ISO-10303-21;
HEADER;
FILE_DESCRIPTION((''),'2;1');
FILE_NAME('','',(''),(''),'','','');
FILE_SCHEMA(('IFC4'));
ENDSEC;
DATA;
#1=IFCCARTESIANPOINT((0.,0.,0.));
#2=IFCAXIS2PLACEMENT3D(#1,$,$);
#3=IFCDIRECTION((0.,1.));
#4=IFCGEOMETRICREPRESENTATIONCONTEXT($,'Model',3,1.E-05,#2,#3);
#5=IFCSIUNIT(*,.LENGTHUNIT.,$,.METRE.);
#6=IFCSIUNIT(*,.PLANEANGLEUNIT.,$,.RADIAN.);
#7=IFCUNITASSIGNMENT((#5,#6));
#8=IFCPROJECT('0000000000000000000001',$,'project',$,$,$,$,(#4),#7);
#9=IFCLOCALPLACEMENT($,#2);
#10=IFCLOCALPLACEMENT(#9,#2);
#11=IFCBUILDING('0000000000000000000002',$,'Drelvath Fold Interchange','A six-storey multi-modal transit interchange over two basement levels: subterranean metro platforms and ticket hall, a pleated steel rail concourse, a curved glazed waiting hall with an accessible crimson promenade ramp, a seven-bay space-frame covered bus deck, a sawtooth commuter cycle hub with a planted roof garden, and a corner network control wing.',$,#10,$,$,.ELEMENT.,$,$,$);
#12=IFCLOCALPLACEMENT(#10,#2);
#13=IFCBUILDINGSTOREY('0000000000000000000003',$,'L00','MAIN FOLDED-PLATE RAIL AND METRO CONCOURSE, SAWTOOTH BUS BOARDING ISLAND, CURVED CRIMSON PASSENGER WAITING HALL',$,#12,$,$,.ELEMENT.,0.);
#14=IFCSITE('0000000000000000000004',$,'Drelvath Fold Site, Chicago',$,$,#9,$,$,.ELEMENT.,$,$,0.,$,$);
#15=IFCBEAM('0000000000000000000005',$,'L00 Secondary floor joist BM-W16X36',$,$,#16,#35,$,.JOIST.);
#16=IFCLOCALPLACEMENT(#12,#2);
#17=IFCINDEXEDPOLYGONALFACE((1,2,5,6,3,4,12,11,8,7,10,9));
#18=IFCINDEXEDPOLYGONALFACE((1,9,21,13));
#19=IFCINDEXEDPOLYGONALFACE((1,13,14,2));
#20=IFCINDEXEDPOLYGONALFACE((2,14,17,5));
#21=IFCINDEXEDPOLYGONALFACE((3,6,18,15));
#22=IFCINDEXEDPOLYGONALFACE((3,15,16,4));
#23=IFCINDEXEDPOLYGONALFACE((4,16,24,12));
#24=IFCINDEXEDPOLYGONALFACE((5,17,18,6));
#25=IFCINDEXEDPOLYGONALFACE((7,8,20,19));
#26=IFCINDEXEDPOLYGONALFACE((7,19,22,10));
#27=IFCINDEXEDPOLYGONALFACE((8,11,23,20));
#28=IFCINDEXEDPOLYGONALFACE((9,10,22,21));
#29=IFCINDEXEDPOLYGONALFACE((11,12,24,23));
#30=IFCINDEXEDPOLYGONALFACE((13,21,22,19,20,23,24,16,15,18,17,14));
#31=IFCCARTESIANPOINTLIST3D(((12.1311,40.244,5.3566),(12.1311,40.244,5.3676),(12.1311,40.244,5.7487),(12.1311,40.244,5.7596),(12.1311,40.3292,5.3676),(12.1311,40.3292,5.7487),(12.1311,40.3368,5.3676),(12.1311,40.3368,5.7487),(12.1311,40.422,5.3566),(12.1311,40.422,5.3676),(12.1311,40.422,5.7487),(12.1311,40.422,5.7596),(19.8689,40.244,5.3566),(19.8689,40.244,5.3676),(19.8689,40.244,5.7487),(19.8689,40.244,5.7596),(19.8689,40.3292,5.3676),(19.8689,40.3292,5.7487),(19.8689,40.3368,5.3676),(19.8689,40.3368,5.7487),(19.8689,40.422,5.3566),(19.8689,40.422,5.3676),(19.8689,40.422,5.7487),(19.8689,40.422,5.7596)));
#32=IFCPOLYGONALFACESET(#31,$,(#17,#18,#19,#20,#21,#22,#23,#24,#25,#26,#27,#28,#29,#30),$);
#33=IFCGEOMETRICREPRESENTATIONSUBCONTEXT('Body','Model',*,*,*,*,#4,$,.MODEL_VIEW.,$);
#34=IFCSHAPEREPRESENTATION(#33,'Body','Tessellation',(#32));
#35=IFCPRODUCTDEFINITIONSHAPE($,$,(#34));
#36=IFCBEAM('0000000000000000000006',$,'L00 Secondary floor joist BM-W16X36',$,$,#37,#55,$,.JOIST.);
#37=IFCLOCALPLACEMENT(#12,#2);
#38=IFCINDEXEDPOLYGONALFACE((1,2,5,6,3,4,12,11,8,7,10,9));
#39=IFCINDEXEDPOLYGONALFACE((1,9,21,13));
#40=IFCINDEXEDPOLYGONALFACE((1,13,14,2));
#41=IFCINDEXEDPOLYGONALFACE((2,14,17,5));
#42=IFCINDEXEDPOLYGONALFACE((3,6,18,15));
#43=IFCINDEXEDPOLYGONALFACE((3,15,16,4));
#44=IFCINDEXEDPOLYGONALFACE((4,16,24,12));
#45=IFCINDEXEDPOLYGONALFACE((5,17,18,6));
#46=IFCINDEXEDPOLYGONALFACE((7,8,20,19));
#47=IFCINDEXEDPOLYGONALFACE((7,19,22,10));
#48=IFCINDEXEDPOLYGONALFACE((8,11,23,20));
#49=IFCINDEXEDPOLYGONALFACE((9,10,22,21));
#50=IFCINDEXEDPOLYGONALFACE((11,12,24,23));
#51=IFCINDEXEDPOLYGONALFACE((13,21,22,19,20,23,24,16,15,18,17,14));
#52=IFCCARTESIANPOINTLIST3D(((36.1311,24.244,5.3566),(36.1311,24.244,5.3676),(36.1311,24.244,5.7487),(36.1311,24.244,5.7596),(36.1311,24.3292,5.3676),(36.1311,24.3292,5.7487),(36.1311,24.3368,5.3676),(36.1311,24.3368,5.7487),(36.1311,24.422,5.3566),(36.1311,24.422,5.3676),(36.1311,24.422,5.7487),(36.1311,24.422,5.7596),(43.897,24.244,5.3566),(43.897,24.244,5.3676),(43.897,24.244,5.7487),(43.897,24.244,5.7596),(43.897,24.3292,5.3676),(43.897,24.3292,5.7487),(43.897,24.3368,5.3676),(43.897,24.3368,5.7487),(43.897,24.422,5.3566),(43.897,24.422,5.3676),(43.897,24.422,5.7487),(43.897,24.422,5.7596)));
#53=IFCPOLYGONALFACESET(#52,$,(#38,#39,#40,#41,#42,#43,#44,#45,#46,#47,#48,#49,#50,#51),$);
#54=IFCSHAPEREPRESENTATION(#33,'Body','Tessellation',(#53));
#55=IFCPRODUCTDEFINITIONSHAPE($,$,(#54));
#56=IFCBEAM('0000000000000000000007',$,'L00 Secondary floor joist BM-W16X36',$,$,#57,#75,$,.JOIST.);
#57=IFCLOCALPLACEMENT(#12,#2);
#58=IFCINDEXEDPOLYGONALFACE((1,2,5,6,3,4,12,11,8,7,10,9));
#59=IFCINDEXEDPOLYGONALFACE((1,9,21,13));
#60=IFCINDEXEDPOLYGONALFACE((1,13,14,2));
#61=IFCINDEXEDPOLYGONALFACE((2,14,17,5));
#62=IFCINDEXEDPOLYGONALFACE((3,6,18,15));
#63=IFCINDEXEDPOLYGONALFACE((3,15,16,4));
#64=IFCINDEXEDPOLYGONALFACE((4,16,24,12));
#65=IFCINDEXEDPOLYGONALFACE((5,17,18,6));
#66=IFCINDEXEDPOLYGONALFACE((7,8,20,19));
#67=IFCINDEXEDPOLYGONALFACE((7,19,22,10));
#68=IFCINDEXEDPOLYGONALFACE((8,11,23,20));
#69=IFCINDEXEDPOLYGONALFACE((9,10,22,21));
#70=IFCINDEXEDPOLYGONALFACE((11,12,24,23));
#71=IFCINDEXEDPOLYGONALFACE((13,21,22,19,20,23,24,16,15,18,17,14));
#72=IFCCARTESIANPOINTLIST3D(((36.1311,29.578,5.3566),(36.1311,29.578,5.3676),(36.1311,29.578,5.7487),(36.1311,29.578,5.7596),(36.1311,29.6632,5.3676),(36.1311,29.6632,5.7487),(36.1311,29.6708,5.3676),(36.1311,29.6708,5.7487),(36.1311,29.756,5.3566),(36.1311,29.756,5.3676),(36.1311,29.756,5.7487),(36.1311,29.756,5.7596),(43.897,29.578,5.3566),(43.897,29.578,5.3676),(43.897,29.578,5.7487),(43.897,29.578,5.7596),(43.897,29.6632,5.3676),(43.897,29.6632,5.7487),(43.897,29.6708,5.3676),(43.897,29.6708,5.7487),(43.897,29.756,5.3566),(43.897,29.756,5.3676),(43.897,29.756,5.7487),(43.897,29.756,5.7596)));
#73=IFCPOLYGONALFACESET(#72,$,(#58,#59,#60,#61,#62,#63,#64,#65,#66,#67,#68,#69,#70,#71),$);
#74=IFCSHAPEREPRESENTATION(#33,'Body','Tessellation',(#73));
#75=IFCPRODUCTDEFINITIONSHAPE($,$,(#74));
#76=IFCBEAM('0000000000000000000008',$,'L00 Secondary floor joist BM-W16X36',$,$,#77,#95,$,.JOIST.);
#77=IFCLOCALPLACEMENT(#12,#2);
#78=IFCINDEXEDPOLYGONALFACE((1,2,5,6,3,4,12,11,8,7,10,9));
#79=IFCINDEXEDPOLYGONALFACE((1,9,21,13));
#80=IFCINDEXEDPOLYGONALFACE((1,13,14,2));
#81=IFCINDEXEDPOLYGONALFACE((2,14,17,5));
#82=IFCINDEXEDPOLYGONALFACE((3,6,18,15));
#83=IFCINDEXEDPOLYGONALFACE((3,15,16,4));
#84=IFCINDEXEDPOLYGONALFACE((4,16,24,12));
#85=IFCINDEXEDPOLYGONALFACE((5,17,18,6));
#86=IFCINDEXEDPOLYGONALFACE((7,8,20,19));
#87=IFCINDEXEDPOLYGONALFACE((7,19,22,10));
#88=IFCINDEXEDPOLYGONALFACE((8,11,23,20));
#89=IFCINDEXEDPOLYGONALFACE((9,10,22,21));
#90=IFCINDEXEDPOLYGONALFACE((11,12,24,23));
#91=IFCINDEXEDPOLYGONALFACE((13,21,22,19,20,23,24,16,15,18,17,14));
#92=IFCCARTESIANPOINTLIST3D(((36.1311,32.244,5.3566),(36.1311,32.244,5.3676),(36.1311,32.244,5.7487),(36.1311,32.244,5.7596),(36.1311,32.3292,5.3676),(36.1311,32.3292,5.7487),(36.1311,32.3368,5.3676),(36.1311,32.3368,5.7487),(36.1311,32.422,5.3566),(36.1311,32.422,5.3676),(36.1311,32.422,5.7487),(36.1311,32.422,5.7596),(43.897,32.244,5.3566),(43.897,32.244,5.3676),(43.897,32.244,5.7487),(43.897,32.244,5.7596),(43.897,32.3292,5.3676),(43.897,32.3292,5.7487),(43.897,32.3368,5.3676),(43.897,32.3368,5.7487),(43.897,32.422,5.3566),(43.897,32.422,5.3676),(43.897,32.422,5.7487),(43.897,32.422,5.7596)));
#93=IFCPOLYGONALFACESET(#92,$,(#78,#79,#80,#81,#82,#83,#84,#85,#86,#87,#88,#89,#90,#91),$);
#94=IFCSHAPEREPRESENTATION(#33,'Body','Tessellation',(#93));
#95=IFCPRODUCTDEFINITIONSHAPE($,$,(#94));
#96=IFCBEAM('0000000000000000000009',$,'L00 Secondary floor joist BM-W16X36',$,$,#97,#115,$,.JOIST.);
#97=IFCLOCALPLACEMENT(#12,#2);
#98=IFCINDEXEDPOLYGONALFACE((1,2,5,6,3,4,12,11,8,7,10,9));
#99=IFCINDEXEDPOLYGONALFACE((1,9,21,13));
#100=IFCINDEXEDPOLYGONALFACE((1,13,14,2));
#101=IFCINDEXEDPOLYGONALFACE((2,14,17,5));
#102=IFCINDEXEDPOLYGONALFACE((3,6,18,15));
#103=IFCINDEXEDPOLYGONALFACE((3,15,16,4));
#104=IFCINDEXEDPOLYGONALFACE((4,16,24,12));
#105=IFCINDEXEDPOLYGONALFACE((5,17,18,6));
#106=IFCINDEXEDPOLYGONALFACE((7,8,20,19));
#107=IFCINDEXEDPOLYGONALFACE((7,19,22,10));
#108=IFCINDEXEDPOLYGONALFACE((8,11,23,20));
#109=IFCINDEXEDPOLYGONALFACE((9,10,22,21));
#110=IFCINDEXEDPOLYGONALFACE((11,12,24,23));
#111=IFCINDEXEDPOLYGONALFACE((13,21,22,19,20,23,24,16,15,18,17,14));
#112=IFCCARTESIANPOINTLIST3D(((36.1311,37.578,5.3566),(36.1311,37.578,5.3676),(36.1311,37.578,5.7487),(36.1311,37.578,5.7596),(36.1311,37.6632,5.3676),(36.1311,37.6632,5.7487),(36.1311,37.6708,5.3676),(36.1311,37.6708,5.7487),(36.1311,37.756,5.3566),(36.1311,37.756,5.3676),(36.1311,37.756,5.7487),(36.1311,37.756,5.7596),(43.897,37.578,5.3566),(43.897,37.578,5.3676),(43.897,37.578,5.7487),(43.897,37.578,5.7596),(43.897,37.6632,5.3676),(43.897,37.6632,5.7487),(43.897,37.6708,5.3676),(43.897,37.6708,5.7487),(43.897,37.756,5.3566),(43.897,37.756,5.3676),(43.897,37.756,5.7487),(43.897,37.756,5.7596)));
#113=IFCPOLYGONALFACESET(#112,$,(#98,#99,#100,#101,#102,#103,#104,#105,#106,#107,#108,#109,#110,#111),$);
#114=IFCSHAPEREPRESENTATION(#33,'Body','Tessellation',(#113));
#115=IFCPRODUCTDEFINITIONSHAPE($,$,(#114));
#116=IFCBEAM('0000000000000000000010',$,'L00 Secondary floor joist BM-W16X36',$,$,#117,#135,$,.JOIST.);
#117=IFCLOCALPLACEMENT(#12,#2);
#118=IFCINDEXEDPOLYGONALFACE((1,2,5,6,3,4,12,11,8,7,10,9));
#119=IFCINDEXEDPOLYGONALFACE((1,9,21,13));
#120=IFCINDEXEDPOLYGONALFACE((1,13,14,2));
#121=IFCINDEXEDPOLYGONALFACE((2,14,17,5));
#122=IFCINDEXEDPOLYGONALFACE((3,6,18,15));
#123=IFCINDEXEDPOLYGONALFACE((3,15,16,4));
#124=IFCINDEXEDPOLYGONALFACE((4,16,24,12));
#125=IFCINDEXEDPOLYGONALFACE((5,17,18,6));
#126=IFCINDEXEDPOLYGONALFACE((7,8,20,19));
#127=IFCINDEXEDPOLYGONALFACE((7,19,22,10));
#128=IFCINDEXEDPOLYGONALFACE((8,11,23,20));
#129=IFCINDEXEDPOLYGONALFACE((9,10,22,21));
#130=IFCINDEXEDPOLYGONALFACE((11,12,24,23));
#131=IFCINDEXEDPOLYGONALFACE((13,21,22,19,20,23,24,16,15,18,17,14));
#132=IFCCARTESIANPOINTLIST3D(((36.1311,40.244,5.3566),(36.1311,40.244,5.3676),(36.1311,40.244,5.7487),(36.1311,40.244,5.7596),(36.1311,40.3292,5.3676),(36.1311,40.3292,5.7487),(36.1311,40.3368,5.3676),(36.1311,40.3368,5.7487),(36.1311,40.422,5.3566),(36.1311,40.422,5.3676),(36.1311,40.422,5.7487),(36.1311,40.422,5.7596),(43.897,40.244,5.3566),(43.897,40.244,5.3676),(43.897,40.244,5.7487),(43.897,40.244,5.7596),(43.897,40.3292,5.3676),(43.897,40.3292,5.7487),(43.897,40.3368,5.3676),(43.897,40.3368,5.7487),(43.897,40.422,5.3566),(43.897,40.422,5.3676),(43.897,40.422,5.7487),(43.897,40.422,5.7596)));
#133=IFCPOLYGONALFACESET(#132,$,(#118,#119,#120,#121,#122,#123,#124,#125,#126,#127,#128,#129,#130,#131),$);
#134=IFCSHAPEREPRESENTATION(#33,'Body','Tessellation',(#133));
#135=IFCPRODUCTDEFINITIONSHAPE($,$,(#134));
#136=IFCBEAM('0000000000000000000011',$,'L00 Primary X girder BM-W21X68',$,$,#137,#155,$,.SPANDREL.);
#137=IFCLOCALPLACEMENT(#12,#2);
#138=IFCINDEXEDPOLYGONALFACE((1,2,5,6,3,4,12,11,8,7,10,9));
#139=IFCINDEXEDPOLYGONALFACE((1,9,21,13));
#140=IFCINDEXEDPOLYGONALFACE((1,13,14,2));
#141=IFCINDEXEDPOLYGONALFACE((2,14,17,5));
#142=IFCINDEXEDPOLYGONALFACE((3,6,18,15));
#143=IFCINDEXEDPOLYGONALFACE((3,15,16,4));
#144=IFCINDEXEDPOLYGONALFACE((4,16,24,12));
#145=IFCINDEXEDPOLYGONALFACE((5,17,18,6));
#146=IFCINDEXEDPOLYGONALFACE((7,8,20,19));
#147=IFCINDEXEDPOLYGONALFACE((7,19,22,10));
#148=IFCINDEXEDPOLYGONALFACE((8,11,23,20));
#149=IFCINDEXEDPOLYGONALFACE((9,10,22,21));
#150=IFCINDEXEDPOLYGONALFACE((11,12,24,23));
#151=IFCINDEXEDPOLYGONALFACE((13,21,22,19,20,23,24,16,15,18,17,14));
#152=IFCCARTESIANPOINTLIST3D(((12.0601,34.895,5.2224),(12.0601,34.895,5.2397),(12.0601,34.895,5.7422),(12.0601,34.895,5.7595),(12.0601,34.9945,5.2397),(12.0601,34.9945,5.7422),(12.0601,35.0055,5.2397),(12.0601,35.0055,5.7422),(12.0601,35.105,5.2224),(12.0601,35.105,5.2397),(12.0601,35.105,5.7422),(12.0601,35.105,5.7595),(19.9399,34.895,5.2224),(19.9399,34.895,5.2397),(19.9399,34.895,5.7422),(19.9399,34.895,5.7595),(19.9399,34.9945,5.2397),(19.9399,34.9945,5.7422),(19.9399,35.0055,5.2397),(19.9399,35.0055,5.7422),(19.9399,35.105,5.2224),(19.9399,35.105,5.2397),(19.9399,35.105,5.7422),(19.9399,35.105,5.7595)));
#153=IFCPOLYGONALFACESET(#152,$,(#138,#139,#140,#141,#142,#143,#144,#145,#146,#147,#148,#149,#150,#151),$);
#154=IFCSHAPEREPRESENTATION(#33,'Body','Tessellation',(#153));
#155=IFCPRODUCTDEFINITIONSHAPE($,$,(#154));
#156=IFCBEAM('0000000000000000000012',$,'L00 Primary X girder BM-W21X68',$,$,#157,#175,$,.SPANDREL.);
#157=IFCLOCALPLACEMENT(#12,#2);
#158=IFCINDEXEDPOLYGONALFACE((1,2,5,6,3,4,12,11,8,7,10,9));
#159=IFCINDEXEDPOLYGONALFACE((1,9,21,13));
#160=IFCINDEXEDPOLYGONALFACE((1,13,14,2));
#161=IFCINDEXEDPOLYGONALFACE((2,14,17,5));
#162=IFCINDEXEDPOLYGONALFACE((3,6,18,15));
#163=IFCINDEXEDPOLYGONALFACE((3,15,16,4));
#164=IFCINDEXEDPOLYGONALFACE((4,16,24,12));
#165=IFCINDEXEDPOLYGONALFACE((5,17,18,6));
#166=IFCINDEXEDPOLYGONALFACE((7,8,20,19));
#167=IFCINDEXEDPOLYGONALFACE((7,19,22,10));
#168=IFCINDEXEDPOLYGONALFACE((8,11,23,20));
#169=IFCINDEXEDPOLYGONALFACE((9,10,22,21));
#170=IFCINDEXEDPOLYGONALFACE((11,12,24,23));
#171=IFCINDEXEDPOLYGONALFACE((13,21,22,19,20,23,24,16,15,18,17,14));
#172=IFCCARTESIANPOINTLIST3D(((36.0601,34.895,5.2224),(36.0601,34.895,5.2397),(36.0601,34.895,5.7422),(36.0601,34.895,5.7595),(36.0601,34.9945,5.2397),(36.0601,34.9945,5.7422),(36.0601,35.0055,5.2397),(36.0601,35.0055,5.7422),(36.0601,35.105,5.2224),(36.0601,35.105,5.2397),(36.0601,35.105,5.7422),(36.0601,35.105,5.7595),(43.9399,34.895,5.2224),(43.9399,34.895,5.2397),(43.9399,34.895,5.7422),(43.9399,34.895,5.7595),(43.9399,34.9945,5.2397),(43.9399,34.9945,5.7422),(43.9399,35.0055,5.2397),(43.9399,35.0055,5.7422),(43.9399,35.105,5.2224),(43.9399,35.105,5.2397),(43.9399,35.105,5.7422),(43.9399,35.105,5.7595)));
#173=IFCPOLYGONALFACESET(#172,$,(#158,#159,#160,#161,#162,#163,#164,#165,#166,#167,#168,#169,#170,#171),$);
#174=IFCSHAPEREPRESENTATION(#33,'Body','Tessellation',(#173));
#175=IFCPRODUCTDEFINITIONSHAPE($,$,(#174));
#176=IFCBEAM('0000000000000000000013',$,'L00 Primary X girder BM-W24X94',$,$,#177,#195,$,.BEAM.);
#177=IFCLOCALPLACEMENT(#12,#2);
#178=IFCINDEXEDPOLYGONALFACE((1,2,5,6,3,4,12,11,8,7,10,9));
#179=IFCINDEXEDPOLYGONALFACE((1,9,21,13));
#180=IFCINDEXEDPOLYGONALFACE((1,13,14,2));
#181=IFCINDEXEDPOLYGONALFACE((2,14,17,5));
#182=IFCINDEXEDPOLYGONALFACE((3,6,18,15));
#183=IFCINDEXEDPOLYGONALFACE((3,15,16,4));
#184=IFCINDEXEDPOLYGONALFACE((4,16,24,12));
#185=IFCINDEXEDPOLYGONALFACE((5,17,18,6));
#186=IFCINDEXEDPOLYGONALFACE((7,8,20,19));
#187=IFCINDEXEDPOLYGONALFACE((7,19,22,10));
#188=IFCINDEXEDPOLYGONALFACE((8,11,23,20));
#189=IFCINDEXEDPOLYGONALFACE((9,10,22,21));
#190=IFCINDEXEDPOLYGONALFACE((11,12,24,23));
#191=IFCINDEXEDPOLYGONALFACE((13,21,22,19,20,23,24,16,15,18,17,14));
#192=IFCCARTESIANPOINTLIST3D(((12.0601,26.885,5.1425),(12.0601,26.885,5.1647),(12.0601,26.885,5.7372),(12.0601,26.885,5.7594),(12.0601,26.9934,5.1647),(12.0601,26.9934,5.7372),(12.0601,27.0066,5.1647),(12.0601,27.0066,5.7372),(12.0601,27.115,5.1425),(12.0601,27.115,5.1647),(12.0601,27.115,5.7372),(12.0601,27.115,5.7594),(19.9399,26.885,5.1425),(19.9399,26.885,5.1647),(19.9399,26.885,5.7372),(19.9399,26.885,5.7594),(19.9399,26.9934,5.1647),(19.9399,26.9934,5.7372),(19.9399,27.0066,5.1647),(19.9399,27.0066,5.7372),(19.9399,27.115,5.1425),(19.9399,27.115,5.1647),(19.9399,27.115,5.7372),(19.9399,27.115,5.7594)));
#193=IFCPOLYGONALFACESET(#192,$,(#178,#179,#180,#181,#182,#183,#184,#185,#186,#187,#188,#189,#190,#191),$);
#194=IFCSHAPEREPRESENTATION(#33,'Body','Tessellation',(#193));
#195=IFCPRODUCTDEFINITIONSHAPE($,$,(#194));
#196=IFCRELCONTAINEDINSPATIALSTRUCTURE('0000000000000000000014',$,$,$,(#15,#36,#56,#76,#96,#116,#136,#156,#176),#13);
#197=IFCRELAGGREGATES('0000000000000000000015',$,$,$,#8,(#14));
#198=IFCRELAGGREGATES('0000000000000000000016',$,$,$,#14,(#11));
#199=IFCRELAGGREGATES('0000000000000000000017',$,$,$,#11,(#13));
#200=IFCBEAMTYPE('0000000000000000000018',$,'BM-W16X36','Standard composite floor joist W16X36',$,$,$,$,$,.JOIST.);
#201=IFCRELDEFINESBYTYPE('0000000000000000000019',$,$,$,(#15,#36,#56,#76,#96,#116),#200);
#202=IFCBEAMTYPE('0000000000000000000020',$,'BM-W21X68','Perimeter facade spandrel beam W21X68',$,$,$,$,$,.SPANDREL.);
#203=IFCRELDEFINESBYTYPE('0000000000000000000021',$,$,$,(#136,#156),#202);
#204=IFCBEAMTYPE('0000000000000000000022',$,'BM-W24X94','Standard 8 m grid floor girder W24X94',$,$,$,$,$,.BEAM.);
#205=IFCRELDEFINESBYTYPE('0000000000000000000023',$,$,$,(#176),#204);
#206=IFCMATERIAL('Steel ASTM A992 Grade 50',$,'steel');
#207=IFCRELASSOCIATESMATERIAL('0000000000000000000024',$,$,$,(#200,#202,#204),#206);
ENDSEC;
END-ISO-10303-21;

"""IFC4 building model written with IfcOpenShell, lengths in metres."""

from ifc_helpers import new_model, si_unit, direction, frame, origin, origin_2d, place, context, subcontext, project, spatial, i_section, extrude, material, material_profile, profile_set, type_object, element, save


model = new_model("IFC4")

# Units and contexts
model_context = context("Model", 3, precision=1e-05, world=origin(), true_north=direction((0.0, 1.0)))
body_context = subcontext(model_context, "Body", "Model", "MODEL_VIEW")
ifc_project = project(units=[si_unit("LENGTHUNIT", "METRE"), si_unit("PLANEANGLEUNIT", "RADIAN")], contexts=[model_context])

# Site, building, storey
site_placement = place(None, origin())
site = spatial("IfcSite", under=ifc_project, at=site_placement, Name="Drelvath Fold Site, Chicago", CompositionType="ELEMENT", RefElevation=0.0)
building_placement = place(site_placement, origin())
building = spatial("IfcBuilding", under=site, at=building_placement, Name="Drelvath Fold Interchange", Description="A six-storey multi-modal transit interchange over two basement levels: subterranean metro platforms and ticket hall, a pleated steel rail concourse, a curved glazed waiting hall with an accessible crimson promenade ramp, a seven-bay space-frame covered bus deck, a sawtooth commuter cycle hub with a planted roof garden, and a corner network control wing.", CompositionType="ELEMENT")
storey_placement = place(building_placement, origin())
storey = spatial("IfcBuildingStorey", under=building, at=storey_placement, Name="L00", Description="MAIN FOLDED-PLATE RAIL AND METRO CONCOURSE, SAWTOOTH BUS BOARDING ISLAND, CURVED CRIMSON PASSENGER WAITING HALL", CompositionType="ELEMENT", Elevation=0.0)

# Shared definitions
ifc_material_1 = material(Name="Steel ASTM A992 Grade 50", Category="steel")

# Beams
ifc_material_profile_1 = material_profile(ifc_material_1, i_section(OverallWidth=0.178, OverallDepth=0.4031, WebThickness=0.0076, FlangeThickness=0.011, at=origin_2d()), Name="W16X36")
ifc_profile_set_1 = profile_set([ifc_material_profile_1], Name="Steel ASTM A992 Grade 50")
beam_type_1 = type_object("IfcBeamType", Name="BM-W16X36", Description="Standard composite floor joist W16X36", PredefinedType="JOIST", material=ifc_profile_set_1)
for number, where, z_axis, x_axis, name in (
    (1, (12.1311, 40.333, 5.5581), (1.0, 0.0, 0.0), (0.0, 1.0, 0.0), "L00 Secondary floor joist BM-W16X36"),
):
    element("IfcBeam", number, at=place(storey_placement, frame(where, z_axis=z_axis, x_axis=x_axis)), inside=storey, type_object=beam_type_1, Name=name, PredefinedType="JOIST", context=body_context, shape_type="SweptSolid", body=[
        extrude(i_section(OverallWidth=0.178, OverallDepth=0.4031, WebThickness=0.0076, FlangeThickness=0.011, at=origin_2d()), origin(), (0.0, 0.0, 1.0), 7.7378),
    ])
for number, where, z_axis, x_axis, name in (
    (2, (36.1311, 24.333, 5.5581), (1.0, 0.0, 0.0), (0.0, 1.0, 0.0), "L00 Secondary floor joist BM-W16X36"),
    (3, (36.1311, 29.667, 5.5581), (1.0, 0.0, 0.0), (0.0, 1.0, 0.0), "L00 Secondary floor joist BM-W16X36"),
    (4, (36.1311, 32.333, 5.5581), (1.0, 0.0, 0.0), (0.0, 1.0, 0.0), "L00 Secondary floor joist BM-W16X36"),
    (5, (36.1311, 37.667, 5.5581), (1.0, 0.0, 0.0), (0.0, 1.0, 0.0), "L00 Secondary floor joist BM-W16X36"),
    (6, (36.1311, 40.333, 5.5581), (1.0, 0.0, 0.0), (0.0, 1.0, 0.0), "L00 Secondary floor joist BM-W16X36"),
):
    element("IfcBeam", number, at=place(storey_placement, frame(where, z_axis=z_axis, x_axis=x_axis)), inside=storey, type_object=beam_type_1, Name=name, PredefinedType="JOIST", context=body_context, shape_type="SweptSolid", body=[
        extrude(i_section(OverallWidth=0.178, OverallDepth=0.4031, WebThickness=0.0076, FlangeThickness=0.011, at=origin_2d()), origin(), (0.0, 0.0, 1.0), 7.7659),
    ])
ifc_material_profile_2 = material_profile(ifc_material_1, i_section(OverallWidth=0.21, OverallDepth=0.5371, WebThickness=0.011, FlangeThickness=0.0173, at=origin_2d()), Name="W21X68")
ifc_profile_set_2 = profile_set([ifc_material_profile_2], Name="Steel ASTM A992 Grade 50")
beam_type_2 = type_object("IfcBeamType", Name="BM-W21X68", Description="Perimeter facade spandrel beam W21X68", PredefinedType="SPANDREL", material=ifc_profile_set_2)
for number, where, z_axis, x_axis, name in (
    (7, (12.0601, 35.0, 5.491), (1.0, 0.0, 0.0), (0.0, 1.0, 0.0), "L00 Primary X girder BM-W21X68"),
    (8, (36.0601, 35.0, 5.491), (1.0, 0.0, 0.0), (0.0, 1.0, 0.0), "L00 Primary X girder BM-W21X68"),
):
    element("IfcBeam", number, at=place(storey_placement, frame(where, z_axis=z_axis, x_axis=x_axis)), inside=storey, type_object=beam_type_2, Name=name, PredefinedType="SPANDREL", context=body_context, shape_type="SweptSolid", body=[
        extrude(i_section(OverallWidth=0.21, OverallDepth=0.5371, WebThickness=0.011, FlangeThickness=0.0173, at=origin_2d()), origin(), (0.0, 0.0, 1.0), 7.8799),
    ])
ifc_material_profile_3 = material_profile(ifc_material_1, i_section(OverallWidth=0.23, OverallDepth=0.6169, WebThickness=0.0132, FlangeThickness=0.0222, at=origin_2d()), Name="W24X94")
ifc_profile_set_3 = profile_set([ifc_material_profile_3], Name="Steel ASTM A992 Grade 50")
beam_type_3 = type_object("IfcBeamType", Name="BM-W24X94", Description="Standard 8 m grid floor girder W24X94", PredefinedType="BEAM", material=ifc_profile_set_3)
for number, where, z_axis, x_axis, name in (
    (9, (12.0601, 27.0, 5.4509), (1.0, 0.0, 0.0), (0.0, 1.0, 0.0), "L00 Primary X girder BM-W24X94"),
):
    element("IfcBeam", number, at=place(storey_placement, frame(where, z_axis=z_axis, x_axis=x_axis)), inside=storey, type_object=beam_type_3, Name=name, PredefinedType="BEAM", context=body_context, shape_type="SweptSolid", body=[
        extrude(i_section(OverallWidth=0.23, OverallDepth=0.6169, WebThickness=0.0132, FlangeThickness=0.0222, at=origin_2d()), origin(), (0.0, 0.0, 1.0), 7.8799),
    ])

save(model, "model.ifc")
